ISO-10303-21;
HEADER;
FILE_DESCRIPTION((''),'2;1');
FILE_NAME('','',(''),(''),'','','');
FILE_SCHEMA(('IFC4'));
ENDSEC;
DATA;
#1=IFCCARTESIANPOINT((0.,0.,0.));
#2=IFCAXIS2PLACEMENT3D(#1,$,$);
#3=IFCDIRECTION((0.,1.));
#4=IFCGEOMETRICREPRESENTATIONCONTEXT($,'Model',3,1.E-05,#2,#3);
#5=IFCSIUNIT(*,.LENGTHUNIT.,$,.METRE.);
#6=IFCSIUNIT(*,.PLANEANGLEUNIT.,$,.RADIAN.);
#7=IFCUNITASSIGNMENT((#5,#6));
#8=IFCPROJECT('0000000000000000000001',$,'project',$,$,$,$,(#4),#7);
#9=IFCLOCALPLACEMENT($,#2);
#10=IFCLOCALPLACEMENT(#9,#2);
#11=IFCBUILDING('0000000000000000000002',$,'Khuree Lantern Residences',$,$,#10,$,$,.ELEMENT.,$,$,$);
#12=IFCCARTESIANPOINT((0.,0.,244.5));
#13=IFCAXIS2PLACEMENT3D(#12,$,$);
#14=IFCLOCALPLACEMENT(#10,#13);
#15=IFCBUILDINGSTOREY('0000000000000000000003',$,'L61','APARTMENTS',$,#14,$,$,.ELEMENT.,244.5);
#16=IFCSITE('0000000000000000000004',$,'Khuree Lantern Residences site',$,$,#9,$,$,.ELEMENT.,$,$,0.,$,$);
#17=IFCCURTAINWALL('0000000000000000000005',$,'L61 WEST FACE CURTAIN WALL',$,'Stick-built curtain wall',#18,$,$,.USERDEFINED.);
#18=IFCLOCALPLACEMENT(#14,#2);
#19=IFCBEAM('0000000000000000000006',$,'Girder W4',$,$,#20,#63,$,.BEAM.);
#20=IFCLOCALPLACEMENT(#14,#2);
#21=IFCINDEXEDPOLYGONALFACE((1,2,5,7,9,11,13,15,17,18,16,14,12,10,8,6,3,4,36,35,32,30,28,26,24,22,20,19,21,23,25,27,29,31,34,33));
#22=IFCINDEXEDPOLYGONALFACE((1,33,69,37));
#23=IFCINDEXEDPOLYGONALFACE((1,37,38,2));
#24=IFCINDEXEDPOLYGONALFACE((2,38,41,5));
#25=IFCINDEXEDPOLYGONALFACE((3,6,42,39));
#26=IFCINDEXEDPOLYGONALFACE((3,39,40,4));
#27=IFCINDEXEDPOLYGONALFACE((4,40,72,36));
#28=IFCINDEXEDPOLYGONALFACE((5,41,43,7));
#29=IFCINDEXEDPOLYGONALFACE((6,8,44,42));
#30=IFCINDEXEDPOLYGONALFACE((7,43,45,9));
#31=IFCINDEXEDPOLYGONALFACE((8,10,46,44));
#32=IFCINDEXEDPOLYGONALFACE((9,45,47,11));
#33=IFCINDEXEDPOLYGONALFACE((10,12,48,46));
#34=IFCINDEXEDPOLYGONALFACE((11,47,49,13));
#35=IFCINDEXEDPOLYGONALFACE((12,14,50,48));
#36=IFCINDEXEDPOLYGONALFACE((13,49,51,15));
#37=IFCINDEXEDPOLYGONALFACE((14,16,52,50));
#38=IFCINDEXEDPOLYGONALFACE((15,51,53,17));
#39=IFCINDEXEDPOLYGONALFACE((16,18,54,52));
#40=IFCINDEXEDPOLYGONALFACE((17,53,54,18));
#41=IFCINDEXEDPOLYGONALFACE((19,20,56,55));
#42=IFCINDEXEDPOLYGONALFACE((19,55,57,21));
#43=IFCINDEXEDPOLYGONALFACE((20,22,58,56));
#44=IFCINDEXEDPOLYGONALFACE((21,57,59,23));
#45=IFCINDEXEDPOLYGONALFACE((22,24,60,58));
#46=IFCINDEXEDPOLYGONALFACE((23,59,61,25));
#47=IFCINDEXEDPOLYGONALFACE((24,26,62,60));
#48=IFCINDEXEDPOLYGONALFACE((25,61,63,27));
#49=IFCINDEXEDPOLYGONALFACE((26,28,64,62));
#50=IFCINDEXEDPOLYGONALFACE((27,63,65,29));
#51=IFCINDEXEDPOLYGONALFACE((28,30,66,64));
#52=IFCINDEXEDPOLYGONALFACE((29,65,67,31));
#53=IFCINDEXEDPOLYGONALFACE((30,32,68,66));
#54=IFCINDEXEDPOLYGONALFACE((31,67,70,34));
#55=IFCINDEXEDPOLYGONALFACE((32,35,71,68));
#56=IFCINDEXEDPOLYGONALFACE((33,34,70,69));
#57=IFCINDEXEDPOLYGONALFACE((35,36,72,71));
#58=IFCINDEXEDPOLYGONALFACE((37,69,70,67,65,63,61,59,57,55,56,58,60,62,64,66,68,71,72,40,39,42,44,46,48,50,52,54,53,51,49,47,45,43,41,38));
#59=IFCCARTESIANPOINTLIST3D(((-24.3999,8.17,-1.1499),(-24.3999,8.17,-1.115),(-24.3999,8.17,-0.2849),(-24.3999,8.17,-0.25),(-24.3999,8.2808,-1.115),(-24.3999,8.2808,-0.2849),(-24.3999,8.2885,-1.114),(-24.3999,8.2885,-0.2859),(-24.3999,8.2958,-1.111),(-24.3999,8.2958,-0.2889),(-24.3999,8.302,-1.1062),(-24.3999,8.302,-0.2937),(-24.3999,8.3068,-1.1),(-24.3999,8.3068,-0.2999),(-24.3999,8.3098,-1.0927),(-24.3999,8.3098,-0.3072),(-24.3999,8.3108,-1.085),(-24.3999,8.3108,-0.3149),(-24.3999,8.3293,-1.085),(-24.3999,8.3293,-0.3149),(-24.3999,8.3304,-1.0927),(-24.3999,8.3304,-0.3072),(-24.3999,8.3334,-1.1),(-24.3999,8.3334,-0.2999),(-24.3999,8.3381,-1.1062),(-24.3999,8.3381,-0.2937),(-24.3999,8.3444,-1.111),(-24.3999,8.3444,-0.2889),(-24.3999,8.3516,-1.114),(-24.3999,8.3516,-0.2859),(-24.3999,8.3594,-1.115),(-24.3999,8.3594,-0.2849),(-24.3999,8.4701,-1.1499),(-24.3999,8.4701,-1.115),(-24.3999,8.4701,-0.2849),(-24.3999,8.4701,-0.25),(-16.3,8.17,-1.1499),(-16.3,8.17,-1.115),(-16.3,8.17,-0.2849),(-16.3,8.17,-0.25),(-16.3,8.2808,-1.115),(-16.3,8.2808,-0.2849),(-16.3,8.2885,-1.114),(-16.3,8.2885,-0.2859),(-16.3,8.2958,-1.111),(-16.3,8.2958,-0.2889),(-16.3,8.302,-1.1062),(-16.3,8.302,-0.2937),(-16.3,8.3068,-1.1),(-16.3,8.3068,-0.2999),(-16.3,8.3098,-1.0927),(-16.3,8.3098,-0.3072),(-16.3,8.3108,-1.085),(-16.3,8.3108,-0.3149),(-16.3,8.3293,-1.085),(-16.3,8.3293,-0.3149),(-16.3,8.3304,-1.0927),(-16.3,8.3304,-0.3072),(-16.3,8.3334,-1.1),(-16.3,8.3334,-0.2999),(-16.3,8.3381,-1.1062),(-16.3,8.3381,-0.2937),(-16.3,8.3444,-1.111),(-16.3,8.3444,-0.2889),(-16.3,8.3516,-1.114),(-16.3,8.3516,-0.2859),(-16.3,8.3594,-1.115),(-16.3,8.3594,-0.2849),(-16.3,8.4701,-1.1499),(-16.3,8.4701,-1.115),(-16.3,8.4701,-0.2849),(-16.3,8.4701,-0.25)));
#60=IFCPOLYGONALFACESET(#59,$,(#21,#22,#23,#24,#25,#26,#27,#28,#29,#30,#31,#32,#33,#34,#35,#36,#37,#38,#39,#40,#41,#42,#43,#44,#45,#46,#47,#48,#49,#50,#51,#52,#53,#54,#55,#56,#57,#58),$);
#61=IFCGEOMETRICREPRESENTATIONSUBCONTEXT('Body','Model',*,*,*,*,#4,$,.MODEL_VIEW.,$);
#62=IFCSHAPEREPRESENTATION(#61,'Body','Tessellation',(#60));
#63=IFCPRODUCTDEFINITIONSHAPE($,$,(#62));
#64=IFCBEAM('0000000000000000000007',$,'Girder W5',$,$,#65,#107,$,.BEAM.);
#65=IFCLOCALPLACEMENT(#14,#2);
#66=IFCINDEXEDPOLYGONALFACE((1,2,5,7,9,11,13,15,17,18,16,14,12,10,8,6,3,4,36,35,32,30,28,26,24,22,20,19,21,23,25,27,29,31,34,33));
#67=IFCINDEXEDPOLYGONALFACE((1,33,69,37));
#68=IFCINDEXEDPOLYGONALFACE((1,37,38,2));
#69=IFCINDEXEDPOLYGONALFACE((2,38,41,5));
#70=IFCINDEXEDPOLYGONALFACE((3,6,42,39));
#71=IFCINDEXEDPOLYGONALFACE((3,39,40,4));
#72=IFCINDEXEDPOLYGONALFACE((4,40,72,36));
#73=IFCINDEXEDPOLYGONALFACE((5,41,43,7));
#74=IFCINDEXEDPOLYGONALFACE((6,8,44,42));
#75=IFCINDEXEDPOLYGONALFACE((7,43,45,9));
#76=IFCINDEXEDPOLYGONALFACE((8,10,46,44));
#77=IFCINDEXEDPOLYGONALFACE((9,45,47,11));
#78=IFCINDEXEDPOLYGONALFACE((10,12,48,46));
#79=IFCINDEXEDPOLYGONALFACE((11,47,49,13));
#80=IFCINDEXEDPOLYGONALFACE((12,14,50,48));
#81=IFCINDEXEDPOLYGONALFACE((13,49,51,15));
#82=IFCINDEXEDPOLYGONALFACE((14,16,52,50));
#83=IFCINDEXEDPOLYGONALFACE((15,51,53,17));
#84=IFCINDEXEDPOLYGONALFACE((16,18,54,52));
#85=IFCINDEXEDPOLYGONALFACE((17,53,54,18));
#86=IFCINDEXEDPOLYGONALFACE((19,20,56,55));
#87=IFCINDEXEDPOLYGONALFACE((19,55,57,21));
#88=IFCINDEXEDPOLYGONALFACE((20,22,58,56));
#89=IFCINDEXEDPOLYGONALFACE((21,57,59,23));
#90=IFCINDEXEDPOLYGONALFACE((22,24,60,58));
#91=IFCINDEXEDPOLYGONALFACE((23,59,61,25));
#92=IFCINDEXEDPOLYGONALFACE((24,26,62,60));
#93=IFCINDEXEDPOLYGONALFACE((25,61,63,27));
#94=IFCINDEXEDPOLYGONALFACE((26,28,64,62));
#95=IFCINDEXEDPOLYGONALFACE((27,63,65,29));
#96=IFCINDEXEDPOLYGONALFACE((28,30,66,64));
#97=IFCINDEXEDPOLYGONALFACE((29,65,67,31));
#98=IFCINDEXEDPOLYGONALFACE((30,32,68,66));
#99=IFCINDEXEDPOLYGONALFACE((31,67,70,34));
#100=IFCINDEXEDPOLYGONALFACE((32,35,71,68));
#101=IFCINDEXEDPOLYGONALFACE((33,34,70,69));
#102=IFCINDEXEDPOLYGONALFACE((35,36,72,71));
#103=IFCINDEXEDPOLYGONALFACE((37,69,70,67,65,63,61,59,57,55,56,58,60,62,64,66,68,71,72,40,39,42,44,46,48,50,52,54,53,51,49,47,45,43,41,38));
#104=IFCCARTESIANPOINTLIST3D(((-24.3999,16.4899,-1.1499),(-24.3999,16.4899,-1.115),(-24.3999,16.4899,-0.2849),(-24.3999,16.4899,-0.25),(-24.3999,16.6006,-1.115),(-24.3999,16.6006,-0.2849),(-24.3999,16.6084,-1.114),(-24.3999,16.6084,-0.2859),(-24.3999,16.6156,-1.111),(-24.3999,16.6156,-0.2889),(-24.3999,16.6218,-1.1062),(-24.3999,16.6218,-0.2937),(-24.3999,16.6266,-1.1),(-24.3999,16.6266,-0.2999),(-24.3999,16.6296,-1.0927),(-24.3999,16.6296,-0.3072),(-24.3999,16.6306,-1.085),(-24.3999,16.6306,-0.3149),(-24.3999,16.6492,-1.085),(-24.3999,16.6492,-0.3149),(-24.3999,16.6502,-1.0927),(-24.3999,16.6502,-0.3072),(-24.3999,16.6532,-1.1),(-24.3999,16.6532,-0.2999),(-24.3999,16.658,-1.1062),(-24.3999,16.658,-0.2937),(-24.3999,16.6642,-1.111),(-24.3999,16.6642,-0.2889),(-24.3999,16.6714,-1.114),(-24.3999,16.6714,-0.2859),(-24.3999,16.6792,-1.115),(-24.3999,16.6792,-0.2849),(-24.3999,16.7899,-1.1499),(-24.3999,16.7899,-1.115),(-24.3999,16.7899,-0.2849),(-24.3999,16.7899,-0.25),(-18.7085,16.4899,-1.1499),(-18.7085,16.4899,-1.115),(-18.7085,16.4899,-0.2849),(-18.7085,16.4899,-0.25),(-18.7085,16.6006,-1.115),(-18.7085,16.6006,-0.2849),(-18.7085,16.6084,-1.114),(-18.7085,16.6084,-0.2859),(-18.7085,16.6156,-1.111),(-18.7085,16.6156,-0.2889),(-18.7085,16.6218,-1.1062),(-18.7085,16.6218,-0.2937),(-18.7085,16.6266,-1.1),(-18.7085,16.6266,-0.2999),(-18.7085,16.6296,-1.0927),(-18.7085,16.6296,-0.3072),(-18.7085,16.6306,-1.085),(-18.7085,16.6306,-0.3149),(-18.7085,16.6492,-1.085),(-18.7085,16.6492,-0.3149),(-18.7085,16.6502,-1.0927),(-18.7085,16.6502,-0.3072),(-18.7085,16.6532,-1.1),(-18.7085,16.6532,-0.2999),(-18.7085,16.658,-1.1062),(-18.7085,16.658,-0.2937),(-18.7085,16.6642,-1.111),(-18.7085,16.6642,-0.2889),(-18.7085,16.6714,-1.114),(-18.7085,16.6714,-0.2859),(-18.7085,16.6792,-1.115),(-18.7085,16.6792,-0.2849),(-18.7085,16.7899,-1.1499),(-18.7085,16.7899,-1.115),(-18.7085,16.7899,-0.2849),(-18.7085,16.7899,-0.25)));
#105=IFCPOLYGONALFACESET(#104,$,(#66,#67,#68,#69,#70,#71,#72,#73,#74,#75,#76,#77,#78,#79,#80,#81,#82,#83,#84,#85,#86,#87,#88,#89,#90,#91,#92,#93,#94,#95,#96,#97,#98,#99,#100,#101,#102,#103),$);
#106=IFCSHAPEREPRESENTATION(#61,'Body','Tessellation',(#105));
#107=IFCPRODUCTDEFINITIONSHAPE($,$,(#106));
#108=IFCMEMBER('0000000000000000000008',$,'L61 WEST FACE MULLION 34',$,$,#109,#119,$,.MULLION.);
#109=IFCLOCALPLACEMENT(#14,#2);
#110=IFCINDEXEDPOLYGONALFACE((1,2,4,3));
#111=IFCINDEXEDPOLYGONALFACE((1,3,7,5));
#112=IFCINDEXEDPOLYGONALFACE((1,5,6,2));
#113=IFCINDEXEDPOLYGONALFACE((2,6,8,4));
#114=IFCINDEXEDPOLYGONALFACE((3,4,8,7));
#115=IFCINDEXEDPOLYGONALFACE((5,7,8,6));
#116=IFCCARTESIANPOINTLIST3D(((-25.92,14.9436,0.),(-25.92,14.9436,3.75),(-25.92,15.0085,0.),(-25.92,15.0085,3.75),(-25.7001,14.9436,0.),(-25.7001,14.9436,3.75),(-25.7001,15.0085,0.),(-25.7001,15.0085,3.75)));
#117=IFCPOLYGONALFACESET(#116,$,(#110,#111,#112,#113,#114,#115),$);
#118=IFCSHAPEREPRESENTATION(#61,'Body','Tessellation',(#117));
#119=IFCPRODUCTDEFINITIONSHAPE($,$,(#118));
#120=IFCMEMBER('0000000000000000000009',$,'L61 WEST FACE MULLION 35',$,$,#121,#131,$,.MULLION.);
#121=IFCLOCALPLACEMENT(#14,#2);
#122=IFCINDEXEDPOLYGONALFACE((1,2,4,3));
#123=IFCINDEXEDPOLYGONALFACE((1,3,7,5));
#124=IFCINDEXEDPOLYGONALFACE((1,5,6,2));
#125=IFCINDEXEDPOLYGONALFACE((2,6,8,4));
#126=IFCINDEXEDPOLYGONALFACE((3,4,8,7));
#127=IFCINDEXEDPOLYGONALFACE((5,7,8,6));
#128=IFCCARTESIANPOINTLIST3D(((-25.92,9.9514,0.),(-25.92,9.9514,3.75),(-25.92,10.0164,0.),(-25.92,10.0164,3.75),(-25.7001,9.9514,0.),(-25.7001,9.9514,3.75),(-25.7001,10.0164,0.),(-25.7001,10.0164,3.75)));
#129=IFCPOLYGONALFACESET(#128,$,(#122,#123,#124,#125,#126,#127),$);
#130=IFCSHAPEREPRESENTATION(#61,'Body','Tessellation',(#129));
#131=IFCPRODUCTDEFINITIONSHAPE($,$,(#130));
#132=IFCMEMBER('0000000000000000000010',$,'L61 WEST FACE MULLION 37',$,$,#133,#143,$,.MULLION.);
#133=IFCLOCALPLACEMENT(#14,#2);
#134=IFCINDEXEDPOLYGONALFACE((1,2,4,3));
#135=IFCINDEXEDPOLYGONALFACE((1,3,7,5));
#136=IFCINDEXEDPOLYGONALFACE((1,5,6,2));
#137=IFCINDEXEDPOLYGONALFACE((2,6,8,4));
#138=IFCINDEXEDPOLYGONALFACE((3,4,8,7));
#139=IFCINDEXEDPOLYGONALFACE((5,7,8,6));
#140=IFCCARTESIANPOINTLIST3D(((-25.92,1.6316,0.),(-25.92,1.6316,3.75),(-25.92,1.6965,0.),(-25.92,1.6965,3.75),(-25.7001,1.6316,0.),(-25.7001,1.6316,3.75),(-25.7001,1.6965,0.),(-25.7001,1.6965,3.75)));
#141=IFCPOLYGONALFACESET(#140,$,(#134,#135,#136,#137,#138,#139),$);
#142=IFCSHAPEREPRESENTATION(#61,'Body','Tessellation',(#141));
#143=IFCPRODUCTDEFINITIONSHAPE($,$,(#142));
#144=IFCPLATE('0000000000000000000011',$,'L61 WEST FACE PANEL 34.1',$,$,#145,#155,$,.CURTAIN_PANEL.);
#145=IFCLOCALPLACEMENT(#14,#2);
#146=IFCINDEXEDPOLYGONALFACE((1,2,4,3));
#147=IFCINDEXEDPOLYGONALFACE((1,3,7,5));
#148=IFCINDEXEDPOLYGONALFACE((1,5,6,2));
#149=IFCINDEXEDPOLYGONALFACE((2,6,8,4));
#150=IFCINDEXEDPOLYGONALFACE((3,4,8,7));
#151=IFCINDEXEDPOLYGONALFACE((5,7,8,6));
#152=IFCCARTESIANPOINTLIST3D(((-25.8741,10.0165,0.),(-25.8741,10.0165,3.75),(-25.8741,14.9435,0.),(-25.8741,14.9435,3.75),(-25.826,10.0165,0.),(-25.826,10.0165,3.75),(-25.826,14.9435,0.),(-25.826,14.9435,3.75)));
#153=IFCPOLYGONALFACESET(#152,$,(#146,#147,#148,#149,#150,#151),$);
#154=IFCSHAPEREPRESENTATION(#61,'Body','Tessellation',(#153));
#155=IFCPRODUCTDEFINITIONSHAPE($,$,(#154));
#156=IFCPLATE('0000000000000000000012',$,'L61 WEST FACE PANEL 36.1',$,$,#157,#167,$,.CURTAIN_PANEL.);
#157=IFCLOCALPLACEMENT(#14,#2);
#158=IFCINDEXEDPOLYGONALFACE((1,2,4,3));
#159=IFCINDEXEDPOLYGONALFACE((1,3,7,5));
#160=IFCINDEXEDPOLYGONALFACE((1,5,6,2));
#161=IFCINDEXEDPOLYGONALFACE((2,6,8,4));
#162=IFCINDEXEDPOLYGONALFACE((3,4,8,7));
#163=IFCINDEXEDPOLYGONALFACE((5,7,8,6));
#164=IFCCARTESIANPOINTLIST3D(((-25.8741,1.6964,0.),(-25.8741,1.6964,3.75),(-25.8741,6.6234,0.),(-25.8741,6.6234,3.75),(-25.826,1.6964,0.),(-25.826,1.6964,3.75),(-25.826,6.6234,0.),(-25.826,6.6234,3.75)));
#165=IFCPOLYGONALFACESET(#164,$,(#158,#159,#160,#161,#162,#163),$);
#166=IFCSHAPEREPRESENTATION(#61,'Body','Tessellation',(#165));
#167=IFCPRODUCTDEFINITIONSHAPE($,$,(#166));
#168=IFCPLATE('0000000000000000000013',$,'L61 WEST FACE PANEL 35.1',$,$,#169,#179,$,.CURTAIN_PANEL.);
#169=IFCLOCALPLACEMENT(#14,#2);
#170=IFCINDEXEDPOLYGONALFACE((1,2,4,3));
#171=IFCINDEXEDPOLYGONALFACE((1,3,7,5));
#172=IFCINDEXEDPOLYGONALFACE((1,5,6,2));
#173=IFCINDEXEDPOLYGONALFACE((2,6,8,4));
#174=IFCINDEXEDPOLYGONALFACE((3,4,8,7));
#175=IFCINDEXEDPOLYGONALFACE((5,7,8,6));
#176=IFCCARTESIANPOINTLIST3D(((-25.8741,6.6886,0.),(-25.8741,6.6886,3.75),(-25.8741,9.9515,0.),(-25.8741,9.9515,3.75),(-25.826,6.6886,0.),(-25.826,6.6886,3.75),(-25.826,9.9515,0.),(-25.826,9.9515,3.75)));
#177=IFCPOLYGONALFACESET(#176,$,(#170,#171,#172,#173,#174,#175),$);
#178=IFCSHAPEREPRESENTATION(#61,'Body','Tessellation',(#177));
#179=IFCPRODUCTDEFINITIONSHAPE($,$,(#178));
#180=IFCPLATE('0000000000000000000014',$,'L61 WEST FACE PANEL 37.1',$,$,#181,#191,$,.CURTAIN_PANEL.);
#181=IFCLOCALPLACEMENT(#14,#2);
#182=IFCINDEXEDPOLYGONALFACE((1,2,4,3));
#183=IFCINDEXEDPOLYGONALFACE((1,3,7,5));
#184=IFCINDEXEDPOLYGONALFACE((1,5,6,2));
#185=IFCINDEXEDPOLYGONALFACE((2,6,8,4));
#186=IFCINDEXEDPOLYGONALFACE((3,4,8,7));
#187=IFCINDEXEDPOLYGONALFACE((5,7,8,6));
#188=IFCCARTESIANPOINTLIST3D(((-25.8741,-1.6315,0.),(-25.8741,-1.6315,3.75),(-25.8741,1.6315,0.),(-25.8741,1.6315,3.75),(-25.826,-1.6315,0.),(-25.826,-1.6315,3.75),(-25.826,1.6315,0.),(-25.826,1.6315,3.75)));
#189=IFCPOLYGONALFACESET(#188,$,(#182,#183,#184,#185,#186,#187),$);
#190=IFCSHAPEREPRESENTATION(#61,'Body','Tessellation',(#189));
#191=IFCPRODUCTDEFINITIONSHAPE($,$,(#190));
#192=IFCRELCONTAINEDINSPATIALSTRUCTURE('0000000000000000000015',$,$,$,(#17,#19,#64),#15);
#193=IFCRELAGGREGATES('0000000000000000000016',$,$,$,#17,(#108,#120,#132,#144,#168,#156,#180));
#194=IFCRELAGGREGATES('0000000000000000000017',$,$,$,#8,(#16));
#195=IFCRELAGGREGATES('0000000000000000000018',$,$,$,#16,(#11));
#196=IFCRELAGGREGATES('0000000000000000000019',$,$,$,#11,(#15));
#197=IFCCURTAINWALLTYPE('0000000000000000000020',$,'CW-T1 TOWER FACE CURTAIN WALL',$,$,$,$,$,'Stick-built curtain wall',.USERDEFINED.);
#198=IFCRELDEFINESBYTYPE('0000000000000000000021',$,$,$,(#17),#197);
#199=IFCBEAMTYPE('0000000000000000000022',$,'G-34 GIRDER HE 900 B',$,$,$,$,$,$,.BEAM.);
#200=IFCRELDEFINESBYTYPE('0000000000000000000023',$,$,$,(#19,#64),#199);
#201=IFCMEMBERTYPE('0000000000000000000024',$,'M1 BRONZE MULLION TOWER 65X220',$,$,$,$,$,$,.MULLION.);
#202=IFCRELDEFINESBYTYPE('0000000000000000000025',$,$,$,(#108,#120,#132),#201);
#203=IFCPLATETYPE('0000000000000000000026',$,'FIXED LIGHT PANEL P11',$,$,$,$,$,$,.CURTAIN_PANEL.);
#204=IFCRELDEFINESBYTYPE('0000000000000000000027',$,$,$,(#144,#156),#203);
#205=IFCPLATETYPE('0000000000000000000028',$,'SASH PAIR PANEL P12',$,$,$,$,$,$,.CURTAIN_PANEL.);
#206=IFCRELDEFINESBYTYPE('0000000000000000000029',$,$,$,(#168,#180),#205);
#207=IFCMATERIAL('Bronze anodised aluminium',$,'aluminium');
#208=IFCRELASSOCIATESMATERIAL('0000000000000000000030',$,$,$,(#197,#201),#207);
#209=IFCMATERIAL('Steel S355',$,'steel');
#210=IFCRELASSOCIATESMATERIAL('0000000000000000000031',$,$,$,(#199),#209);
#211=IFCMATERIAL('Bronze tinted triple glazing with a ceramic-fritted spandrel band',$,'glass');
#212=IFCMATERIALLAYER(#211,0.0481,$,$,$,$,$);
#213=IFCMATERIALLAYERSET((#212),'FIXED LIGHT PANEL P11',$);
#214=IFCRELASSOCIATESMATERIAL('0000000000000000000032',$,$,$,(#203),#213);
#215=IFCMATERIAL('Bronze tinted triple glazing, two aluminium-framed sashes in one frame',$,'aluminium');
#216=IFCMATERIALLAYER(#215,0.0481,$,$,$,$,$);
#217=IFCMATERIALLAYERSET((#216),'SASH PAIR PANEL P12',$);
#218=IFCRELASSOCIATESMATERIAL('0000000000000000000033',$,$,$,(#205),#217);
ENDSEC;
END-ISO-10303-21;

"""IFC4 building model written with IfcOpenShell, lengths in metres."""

from ifc_helpers import new_model, si_unit, direction, frame, origin, origin_2d, place, context, subcontext, project, spatial, rectangle, i_section, extrude, material, layer, layer_set, material_profile, profile_set, type_object, element, aggregate, save


model = new_model("IFC4")

# Units and contexts
model_context = context("Model", 3, precision=1e-05, world=origin(), true_north=direction((0.0, 1.0)))
body_context = subcontext(model_context, "Body", "Model", "MODEL_VIEW")
ifc_project = project(units=[si_unit("LENGTHUNIT", "METRE"), si_unit("PLANEANGLEUNIT", "RADIAN")], contexts=[model_context])

# Site, building, storey
site_placement = place(None, origin())
site = spatial("IfcSite", under=ifc_project, at=site_placement, Name="Khuree Lantern Residences site", CompositionType="ELEMENT", RefElevation=0.0)
building_placement = place(site_placement, origin())
building = spatial("IfcBuilding", under=site, at=building_placement, Name="Khuree Lantern Residences", CompositionType="ELEMENT")
storey_placement = place(building_placement, frame((0.0, 0.0, 244.5)))
storey = spatial("IfcBuildingStorey", under=building, at=storey_placement, Name="L61", Description="APARTMENTS", CompositionType="ELEMENT", Elevation=244.5)

# Shared definitions
ifc_material_1 = material(Name="Steel S355", Category="steel")

# Curtain wall
ifc_material_2 = material(Name="Bronze anodised aluminium", Category="aluminium")
curtain_wall_type = type_object("IfcCurtainWallType", Name="CW-T1 TOWER FACE CURTAIN WALL", ElementType="Stick-built curtain wall", PredefinedType="USERDEFINED", material=ifc_material_2)
curtain_wall_placement = place(storey_placement, origin())
curtain_wall = element("IfcCurtainWall", 1, at=curtain_wall_placement, inside=storey, type_object=curtain_wall_type, Name="L61 WEST FACE CURTAIN WALL", ObjectType="Stick-built curtain wall", PredefinedType="USERDEFINED")

# Beams
ifc_material_profile_1 = material_profile(ifc_material_1, i_section(OverallWidth=0.3, OverallDepth=0.8999, WebThickness=0.0186, FlangeThickness=0.0349, FilletRadius=0.03, at=origin_2d()), Name="HE 900 B")
ifc_profile_set_1 = profile_set([ifc_material_profile_1], Name="Steel S355")
beam_type_1 = type_object("IfcBeamType", Name="G-34 GIRDER HE 900 B", PredefinedType="BEAM", material=ifc_profile_set_1)
for number, where, z_axis, x_axis, name in (
    (2, (-24.3999, 8.3201, -0.7), (1.0, 0.0, 0.0), (0.0, 1.0, 0.0), "Girder W4"),
):
    element("IfcBeam", number, at=place(storey_placement, frame(where, z_axis=z_axis, x_axis=x_axis)), inside=storey, type_object=beam_type_1, Name=name, PredefinedType="BEAM", context=body_context, shape_type="SweptSolid", body=[
        extrude(i_section(OverallWidth=0.3, OverallDepth=0.8999, WebThickness=0.0186, FlangeThickness=0.0349, FilletRadius=0.03, at=origin_2d()), origin(), (0.0, 0.0, 1.0), 8.0999),
    ])
beam_1_placement = place(storey_placement, frame((-24.3999, 16.6399, -0.7), z_axis=(1.0, 0.0, 0.0), x_axis=(0.0, 1.0, 0.0)))
element("IfcBeam", 3, at=beam_1_placement, inside=storey, type_object=beam_type_1, Name="Girder W5", PredefinedType="BEAM", context=body_context, shape_type="SweptSolid", body=[
    extrude(i_section(OverallWidth=0.3, OverallDepth=0.8999, WebThickness=0.0186, FlangeThickness=0.0349, FilletRadius=0.03, at=origin_2d()), origin(), (0.0, 0.0, 1.0), 5.6914),
])

# Members
ifc_material_profile_2 = material_profile(ifc_material_2, rectangle(XDim=0.0649, YDim=0.22, at=origin_2d()), Name="M1 65X220")
ifc_profile_set_2 = profile_set([ifc_material_profile_2], Name="Bronze anodised aluminium")
member_type_1 = type_object("IfcMemberType", Name="M1 BRONZE MULLION TOWER 65X220", PredefinedType="MULLION", material=ifc_profile_set_2)
member_1_placement = place(storey_placement, frame((-25.8101, 14.9761, 0.0), z_axis=(0.0, 0.0, 1.0), x_axis=(0.0, -1.0, 0.0)))
member_1 = element("IfcMember", 4, at=member_1_placement, type_object=member_type_1, Name="L61 WEST FACE MULLION 34", PredefinedType="MULLION", context=body_context, shape_type="SweptSolid", body=[
    extrude(rectangle(XDim=0.0649, YDim=0.22, at=origin_2d()), origin(), (0.0, 0.0, 1.0), 3.75),
])
member_2_placement = place(storey_placement, frame((-25.8101, 9.9839, 0.0), z_axis=(0.0, 0.0, 1.0), x_axis=(0.0, -1.0, 0.0)))
member_2 = element("IfcMember", 5, at=member_2_placement, type_object=member_type_1, Name="L61 WEST FACE MULLION 35", PredefinedType="MULLION", context=body_context, shape_type="SweptSolid", body=[
    extrude(rectangle(XDim=0.0649, YDim=0.22, at=origin_2d()), origin(), (0.0, 0.0, 1.0), 3.75),
])
member_3_placement = place(storey_placement, frame((-25.8101, 1.6641, 0.0), z_axis=(0.0, 0.0, 1.0), x_axis=(0.0, -1.0, 0.0)))
member_3 = element("IfcMember", 6, at=member_3_placement, type_object=member_type_1, Name="L61 WEST FACE MULLION 37", PredefinedType="MULLION", context=body_context, shape_type="SweptSolid", body=[
    extrude(rectangle(XDim=0.0649, YDim=0.22, at=origin_2d()), origin(), (0.0, 0.0, 1.0), 3.75),
])

# Plates
ifc_material_3 = material(Name="Bronze tinted triple glazing with a ceramic-fritted spandrel band", Category="glass")
ifc_layer_1 = layer(ifc_material_3, 0.0481)
ifc_layer_set_1 = layer_set([ifc_layer_1], Name="FIXED LIGHT PANEL P11")
plate_type_1 = type_object("IfcPlateType", Name="FIXED LIGHT PANEL P11", PredefinedType="CURTAIN_PANEL", material=ifc_layer_set_1)
plate_1_placement = place(storey_placement, frame((-25.8501, 12.48, 0.0), z_axis=(0.0, 0.0, 1.0), x_axis=(0.0, -1.0, 0.0)))
plate_1 = element("IfcPlate", 7, at=plate_1_placement, type_object=plate_type_1, Name="L61 WEST FACE PANEL 34.1", PredefinedType="CURTAIN_PANEL", context=body_context, shape_type="SweptSolid", body=[
    extrude(rectangle(XDim=4.927, YDim=0.0481, at=origin_2d()), origin(), (0.0, 0.0, 1.0), 3.75),
])
plate_2_placement = place(storey_placement, frame((-25.8501, 4.1599, 0.0), z_axis=(0.0, 0.0, 1.0), x_axis=(0.0, -1.0, 0.0)))
plate_2 = element("IfcPlate", 8, at=plate_2_placement, type_object=plate_type_1, Name="L61 WEST FACE PANEL 36.1", PredefinedType="CURTAIN_PANEL", context=body_context, shape_type="SweptSolid", body=[
    extrude(rectangle(XDim=4.927, YDim=0.0481, at=origin_2d()), origin(), (0.0, 0.0, 1.0), 3.75),
])
ifc_material_4 = material(Name="Bronze tinted triple glazing, two aluminium-framed sashes in one frame", Category="aluminium")
ifc_layer_2 = layer(ifc_material_4, 0.0481)
ifc_layer_set_2 = layer_set([ifc_layer_2], Name="SASH PAIR PANEL P12")
plate_type_2 = type_object("IfcPlateType", Name="SASH PAIR PANEL P12", PredefinedType="CURTAIN_PANEL", material=ifc_layer_set_2)
plate_3_placement = place(storey_placement, frame((-25.8501, 8.3201, 0.0), z_axis=(0.0, 0.0, 1.0), x_axis=(0.0, -1.0, 0.0)))
plate_3 = element("IfcPlate", 9, at=plate_3_placement, type_object=plate_type_2, Name="L61 WEST FACE PANEL 35.1", PredefinedType="CURTAIN_PANEL", context=body_context, shape_type="SweptSolid", body=[
    extrude(rectangle(XDim=3.2629, YDim=0.0481, at=origin_2d()), origin(), (0.0, 0.0, 1.0), 3.75),
])
plate_4_placement = place(storey_placement, frame((-25.8501, 0.0, 0.0), z_axis=(0.0, 0.0, 1.0), x_axis=(0.0, -1.0, 0.0)))
plate_4 = element("IfcPlate", 10, at=plate_4_placement, type_object=plate_type_2, Name="L61 WEST FACE PANEL 37.1", PredefinedType="CURTAIN_PANEL", context=body_context, shape_type="SweptSolid", body=[
    extrude(rectangle(XDim=3.2629, YDim=0.0481, at=origin_2d()), origin(), (0.0, 0.0, 1.0), 3.75),
])
aggregate(curtain_wall, [member_1, member_2, member_3, plate_1, plate_3, plate_2, plate_4])

save(model, "model.ifc")
